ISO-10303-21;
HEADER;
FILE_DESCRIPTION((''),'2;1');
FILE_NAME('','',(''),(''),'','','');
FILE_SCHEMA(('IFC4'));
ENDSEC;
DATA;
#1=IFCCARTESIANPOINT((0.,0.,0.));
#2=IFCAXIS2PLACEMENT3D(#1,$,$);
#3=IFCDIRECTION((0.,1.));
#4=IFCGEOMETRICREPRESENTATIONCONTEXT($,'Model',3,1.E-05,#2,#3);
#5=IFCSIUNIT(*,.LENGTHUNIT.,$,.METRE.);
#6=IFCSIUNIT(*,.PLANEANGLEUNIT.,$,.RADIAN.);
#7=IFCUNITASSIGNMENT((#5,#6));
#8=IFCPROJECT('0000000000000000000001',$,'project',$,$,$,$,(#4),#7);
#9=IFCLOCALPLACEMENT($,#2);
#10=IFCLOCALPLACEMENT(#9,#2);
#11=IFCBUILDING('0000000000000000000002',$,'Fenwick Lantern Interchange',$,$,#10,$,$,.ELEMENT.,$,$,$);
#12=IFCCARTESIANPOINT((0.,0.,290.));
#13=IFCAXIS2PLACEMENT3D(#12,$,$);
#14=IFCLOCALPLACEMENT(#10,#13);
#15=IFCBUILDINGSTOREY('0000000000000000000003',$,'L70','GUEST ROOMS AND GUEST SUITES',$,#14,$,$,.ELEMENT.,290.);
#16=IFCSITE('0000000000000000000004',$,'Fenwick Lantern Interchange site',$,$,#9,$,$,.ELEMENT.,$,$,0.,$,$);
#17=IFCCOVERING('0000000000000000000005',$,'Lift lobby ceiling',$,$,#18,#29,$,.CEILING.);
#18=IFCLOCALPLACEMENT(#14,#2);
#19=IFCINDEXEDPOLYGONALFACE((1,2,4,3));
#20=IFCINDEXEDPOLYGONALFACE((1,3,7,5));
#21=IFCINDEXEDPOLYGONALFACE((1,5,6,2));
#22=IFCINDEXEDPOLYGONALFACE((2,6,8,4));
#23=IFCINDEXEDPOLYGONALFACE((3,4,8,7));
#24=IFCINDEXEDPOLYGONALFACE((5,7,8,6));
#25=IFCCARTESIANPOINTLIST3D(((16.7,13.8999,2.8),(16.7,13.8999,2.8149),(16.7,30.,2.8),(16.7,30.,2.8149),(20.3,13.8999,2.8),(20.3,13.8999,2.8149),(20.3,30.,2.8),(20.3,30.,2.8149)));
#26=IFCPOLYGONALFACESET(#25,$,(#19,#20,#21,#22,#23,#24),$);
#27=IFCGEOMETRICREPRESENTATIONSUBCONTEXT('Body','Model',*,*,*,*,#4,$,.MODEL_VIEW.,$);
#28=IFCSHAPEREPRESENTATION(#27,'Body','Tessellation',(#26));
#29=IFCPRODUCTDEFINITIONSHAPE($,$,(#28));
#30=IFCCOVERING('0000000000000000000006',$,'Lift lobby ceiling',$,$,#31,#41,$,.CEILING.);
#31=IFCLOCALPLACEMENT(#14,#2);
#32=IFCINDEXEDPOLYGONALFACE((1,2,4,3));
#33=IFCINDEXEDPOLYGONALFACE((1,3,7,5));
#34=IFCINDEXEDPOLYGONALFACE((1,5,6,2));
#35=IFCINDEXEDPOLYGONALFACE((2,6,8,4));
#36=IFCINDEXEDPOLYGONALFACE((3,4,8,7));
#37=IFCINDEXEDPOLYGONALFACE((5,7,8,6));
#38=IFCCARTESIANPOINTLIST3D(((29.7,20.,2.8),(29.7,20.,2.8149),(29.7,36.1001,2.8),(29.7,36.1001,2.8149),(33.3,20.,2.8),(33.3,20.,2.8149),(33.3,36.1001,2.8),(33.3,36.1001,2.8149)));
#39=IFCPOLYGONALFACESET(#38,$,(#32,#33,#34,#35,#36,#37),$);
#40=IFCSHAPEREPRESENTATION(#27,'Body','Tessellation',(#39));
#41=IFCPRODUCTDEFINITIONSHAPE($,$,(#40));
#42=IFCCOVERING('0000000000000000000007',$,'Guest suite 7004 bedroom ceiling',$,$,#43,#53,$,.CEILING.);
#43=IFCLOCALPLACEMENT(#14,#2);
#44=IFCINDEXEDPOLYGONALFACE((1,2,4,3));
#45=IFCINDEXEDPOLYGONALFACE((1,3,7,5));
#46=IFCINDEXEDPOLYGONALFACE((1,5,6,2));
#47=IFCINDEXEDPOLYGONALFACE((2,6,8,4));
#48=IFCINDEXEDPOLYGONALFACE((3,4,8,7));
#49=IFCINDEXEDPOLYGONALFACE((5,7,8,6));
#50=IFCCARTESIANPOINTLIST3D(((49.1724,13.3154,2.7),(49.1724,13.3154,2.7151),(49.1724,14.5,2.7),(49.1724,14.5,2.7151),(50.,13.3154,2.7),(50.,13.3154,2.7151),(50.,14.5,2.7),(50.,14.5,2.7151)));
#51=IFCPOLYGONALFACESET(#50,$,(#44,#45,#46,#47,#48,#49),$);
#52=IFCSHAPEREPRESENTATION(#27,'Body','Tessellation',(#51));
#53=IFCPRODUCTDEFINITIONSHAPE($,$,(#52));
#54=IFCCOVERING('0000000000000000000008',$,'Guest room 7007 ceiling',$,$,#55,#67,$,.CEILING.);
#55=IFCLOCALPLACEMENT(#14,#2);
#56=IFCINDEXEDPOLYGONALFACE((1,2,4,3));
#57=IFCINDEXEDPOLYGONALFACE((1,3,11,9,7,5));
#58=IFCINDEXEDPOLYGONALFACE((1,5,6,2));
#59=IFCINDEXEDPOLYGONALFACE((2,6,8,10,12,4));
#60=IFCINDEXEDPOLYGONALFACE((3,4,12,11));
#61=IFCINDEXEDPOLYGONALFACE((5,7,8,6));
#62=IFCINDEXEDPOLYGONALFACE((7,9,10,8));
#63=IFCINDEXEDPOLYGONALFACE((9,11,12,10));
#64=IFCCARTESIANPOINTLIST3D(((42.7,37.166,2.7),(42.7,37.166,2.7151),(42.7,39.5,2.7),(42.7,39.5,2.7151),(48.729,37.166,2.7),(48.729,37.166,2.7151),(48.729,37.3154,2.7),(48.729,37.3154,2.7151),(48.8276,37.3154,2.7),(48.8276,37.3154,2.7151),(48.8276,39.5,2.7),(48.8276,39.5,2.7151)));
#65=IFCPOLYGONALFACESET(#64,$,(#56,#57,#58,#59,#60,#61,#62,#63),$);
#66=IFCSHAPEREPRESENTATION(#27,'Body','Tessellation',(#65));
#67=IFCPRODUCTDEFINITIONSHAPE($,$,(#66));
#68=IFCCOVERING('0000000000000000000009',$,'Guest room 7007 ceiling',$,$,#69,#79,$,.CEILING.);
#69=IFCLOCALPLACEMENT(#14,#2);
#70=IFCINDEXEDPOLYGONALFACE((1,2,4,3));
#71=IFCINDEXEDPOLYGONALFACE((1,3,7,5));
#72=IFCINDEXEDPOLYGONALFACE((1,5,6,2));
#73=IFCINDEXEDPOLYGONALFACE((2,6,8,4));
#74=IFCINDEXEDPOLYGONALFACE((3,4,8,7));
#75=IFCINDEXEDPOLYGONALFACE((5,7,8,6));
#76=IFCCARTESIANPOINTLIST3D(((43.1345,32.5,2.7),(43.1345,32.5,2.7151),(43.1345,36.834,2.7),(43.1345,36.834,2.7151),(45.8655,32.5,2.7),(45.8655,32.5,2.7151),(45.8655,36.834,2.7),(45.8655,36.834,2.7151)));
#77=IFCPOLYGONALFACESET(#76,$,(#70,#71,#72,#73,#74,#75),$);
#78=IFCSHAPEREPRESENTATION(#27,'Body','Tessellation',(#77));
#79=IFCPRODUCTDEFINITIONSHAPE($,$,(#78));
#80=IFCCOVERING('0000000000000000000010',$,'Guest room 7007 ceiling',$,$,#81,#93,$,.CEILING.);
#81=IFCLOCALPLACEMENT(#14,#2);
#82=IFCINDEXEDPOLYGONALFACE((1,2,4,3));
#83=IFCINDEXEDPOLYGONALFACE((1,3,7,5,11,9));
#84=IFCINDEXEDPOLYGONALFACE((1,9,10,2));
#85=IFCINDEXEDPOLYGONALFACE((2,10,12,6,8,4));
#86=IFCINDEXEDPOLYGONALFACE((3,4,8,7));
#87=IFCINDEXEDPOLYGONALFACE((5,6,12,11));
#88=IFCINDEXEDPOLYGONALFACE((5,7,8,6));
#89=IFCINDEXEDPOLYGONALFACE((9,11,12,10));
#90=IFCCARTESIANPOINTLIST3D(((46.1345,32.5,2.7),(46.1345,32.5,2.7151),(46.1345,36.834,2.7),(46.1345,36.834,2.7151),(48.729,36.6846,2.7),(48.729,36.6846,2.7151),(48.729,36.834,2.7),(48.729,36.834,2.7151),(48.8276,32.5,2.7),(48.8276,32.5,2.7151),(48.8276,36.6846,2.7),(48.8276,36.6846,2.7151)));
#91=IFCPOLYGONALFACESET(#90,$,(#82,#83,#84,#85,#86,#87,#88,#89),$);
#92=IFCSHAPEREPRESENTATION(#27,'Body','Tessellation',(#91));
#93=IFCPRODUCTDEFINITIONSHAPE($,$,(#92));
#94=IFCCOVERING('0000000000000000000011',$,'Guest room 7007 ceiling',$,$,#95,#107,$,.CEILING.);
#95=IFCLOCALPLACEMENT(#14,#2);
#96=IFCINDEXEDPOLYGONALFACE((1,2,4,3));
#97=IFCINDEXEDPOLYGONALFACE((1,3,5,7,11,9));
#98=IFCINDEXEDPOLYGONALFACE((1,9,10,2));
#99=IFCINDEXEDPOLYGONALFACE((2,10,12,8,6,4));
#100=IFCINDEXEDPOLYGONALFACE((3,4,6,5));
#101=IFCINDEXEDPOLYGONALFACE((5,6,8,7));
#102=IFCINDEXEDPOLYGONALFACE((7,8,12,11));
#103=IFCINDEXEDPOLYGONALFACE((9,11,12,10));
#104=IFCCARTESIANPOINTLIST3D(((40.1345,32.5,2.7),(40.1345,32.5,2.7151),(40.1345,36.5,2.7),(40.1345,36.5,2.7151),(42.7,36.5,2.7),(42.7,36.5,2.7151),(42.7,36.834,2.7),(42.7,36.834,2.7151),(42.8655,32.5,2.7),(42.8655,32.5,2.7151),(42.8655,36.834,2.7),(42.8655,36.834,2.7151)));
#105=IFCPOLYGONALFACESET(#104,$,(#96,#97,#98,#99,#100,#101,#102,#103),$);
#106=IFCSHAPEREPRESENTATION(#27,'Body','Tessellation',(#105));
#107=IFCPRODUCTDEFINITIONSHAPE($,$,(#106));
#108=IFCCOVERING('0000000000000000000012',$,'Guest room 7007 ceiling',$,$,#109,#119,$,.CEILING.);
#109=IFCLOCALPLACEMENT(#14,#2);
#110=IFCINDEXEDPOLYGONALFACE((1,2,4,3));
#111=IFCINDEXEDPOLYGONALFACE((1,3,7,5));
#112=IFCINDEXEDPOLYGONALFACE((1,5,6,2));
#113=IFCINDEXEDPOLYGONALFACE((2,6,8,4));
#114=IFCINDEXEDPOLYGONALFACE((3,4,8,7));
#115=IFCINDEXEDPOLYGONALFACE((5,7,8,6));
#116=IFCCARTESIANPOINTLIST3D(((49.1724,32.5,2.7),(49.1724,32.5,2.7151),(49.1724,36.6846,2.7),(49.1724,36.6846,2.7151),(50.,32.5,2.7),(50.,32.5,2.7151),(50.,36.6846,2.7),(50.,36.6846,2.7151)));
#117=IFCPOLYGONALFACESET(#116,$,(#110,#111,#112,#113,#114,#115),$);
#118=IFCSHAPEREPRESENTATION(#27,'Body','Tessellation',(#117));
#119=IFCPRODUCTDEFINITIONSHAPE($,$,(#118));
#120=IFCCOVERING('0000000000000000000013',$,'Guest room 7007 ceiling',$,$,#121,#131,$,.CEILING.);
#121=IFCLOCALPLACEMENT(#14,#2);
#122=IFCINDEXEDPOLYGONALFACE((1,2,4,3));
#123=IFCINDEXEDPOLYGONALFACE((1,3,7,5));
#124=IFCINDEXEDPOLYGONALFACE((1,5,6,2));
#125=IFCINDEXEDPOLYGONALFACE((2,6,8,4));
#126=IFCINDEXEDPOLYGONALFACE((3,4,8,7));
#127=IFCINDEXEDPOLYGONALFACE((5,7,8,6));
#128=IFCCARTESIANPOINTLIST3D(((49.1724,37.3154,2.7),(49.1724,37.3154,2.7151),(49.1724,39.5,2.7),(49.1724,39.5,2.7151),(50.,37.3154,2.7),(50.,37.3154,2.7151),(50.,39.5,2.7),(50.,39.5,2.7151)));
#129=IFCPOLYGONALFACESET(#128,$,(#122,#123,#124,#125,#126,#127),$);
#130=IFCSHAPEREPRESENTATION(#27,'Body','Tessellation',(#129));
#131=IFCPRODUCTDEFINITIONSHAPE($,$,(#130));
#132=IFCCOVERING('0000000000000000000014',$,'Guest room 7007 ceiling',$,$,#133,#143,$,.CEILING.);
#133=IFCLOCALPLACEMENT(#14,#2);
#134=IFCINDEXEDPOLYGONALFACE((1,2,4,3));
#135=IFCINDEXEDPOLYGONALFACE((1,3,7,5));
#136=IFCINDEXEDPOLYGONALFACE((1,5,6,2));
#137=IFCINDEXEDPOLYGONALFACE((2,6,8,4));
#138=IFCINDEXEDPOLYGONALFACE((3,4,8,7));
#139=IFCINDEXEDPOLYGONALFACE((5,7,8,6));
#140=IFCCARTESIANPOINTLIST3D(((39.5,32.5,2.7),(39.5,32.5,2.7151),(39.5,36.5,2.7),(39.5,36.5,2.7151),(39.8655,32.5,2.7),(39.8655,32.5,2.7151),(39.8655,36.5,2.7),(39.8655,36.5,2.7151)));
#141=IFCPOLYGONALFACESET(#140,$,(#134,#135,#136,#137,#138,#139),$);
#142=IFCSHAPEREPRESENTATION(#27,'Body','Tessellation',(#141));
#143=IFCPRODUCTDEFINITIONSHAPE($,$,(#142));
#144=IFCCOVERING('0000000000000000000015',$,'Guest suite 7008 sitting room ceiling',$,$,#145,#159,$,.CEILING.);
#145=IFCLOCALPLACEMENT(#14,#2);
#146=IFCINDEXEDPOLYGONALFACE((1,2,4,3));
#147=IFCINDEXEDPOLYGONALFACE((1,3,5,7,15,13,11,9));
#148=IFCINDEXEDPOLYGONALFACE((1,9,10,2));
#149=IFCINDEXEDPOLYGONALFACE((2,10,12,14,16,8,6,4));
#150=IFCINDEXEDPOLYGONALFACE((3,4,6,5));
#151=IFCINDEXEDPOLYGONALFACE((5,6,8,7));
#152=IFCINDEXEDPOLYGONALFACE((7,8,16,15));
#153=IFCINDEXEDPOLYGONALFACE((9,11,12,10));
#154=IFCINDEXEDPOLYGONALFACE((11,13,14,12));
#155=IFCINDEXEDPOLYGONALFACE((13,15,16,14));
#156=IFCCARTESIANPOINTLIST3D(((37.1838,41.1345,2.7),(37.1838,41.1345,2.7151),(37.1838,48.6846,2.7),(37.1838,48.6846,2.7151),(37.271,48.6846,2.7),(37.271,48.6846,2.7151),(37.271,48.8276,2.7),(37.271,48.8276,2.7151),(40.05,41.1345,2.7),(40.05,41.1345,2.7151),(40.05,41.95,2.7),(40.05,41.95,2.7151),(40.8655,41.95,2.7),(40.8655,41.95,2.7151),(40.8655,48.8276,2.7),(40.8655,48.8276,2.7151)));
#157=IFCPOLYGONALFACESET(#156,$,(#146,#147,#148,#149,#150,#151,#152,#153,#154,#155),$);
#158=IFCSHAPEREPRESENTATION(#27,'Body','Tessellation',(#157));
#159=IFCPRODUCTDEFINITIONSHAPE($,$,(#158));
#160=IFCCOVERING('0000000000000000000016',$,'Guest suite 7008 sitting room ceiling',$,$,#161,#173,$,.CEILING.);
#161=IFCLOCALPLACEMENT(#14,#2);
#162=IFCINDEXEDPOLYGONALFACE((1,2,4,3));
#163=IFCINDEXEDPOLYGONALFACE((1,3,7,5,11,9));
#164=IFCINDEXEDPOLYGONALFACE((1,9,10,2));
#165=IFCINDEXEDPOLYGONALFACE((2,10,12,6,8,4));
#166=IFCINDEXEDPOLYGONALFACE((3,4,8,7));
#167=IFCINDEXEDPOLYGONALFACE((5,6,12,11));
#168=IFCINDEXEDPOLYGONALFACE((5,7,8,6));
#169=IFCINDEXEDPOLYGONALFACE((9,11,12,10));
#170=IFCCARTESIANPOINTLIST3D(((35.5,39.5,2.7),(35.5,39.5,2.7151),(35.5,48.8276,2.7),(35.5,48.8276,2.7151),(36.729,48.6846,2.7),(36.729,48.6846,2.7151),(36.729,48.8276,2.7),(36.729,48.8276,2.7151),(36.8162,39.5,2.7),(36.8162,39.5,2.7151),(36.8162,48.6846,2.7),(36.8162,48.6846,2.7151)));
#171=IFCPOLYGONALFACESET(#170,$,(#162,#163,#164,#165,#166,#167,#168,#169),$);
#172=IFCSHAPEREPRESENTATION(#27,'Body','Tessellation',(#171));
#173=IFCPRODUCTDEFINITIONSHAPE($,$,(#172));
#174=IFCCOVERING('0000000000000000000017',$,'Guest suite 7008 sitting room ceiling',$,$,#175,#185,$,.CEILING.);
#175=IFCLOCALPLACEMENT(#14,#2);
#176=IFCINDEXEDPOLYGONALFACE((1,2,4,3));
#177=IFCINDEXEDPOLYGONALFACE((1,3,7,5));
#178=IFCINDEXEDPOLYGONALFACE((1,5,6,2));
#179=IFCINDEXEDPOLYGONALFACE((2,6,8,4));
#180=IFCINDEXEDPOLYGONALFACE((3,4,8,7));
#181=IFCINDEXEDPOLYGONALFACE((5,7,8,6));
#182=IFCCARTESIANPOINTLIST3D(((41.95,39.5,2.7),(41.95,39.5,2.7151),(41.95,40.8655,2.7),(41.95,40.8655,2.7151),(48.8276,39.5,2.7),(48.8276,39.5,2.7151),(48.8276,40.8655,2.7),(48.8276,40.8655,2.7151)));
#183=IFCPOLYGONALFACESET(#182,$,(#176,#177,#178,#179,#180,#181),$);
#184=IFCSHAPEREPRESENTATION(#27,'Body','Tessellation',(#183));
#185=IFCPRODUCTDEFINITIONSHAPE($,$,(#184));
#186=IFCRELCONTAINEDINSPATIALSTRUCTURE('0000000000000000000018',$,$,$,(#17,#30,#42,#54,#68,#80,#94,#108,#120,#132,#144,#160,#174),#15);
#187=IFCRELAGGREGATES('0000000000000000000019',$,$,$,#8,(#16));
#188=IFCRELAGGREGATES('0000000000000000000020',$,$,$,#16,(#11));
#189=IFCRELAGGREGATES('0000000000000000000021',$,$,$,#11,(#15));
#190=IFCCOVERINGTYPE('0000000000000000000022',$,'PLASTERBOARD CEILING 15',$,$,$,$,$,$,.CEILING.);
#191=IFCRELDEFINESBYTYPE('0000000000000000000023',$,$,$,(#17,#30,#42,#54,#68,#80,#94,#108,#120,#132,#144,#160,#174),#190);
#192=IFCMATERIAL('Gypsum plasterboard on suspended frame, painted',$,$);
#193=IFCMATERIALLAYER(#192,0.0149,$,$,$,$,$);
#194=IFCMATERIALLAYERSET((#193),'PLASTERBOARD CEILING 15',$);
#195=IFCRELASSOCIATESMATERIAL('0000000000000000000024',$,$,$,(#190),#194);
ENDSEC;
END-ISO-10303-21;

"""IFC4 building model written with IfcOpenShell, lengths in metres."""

from ifc_helpers import new_model, si_unit, direction, frame, origin, place, context, subcontext, project, spatial, polyline, outline, extrude, material, layer, layer_set, type_object, element, save


model = new_model("IFC4")

# Units and contexts
model_context = context("Model", 3, precision=1e-05, world=origin(), true_north=direction((0.0, 1.0)))
body_context = subcontext(model_context, "Body", "Model", "MODEL_VIEW")
ifc_project = project(units=[si_unit("LENGTHUNIT", "METRE"), si_unit("PLANEANGLEUNIT", "RADIAN")], contexts=[model_context])

# Site, building, storey
site_placement = place(None, origin())
site = spatial("IfcSite", under=ifc_project, at=site_placement, Name="Fenwick Lantern Interchange site", CompositionType="ELEMENT", RefElevation=0.0)
building_placement = place(site_placement, origin())
building = spatial("IfcBuilding", under=site, at=building_placement, Name="Fenwick Lantern Interchange", CompositionType="ELEMENT")
storey_placement = place(building_placement, frame((0.0, 0.0, 290.0)))
storey = spatial("IfcBuildingStorey", under=building, at=storey_placement, Name="L70", Description="GUEST ROOMS AND GUEST SUITES", CompositionType="ELEMENT", Elevation=290.0)

# Coverings
ifc_material = material(Name="Gypsum plasterboard on suspended frame, painted")
ifc_layer = layer(ifc_material, 0.0149)
ifc_layer_set = layer_set([ifc_layer], Name="PLASTERBOARD CEILING 15")
covering_type = type_object("IfcCoveringType", Name="PLASTERBOARD CEILING 15", PredefinedType="CEILING", material=ifc_layer_set)
covering_1_placement = place(storey_placement, frame((0.0, 0.0, 2.8)))
element("IfcCovering", 1, at=covering_1_placement, inside=storey, type_object=covering_type, Name="Lift lobby ceiling", PredefinedType="CEILING", context=body_context, shape_type="SweptSolid", body=[
    extrude(outline(polyline([(16.7, 13.8999), (20.3, 13.8999), (20.3, 30.0), (16.7, 30.0), (16.7, 13.8999)])), origin(), (0.0, 0.0, 1.0), 0.0149),
])
covering_2_placement = place(storey_placement, frame((0.0, 0.0, 2.8)))
element("IfcCovering", 2, at=covering_2_placement, inside=storey, type_object=covering_type, Name="Lift lobby ceiling", PredefinedType="CEILING", context=body_context, shape_type="SweptSolid", body=[
    extrude(outline(polyline([(33.3, 36.1001), (29.7, 36.1001), (29.7, 20.0), (33.3, 20.0), (33.3, 36.1001)])), origin(), (0.0, 0.0, 1.0), 0.0149),
])
covering_3_placement = place(storey_placement, frame((0.0, 0.0, 2.7)))
element("IfcCovering", 3, at=covering_3_placement, inside=storey, type_object=covering_type, Name="Guest suite 7004 bedroom ceiling", PredefinedType="CEILING", context=body_context, shape_type="SweptSolid", body=[
    extrude(outline(polyline([(50.0, 13.3154), (50.0, 14.5), (49.1724, 14.5), (49.1724, 13.3154), (50.0, 13.3154)])), origin(), (0.0, 0.0, 1.0), 0.0151),
])
covering_4_placement = place(storey_placement, frame((0.0, 0.0, 2.7)))
element("IfcCovering", 4, at=covering_4_placement, inside=storey, type_object=covering_type, Name="Guest room 7007 ceiling", PredefinedType="CEILING", context=body_context, shape_type="SweptSolid", body=[
    extrude(outline(polyline([(48.729, 37.3154), (48.8276, 37.3154), (48.8276, 39.5), (42.7, 39.5), (42.7, 37.166), (48.729, 37.166), (48.729, 37.3154)])), origin(), (0.0, 0.0, 1.0), 0.0151),
])
covering_5_placement = place(storey_placement, frame((0.0, 0.0, 2.7)))
element("IfcCovering", 5, at=covering_5_placement, inside=storey, type_object=covering_type, Name="Guest room 7007 ceiling", PredefinedType="CEILING", context=body_context, shape_type="SweptSolid", body=[
    extrude(outline(polyline([(43.1345, 32.5), (45.8655, 32.5), (45.8655, 36.834), (43.1345, 36.834), (43.1345, 32.5)])), origin(), (0.0, 0.0, 1.0), 0.0151),
])
covering_6_placement = place(storey_placement, frame((0.0, 0.0, 2.7)))
element("IfcCovering", 6, at=covering_6_placement, inside=storey, type_object=covering_type, Name="Guest room 7007 ceiling", PredefinedType="CEILING", context=body_context, shape_type="SweptSolid", body=[
    extrude(outline(polyline([(48.729, 36.6846), (48.729, 36.834), (46.1345, 36.834), (46.1345, 32.5), (48.8276, 32.5), (48.8276, 36.6846), (48.729, 36.6846)])), origin(), (0.0, 0.0, 1.0), 0.0151),
])
covering_7_placement = place(storey_placement, frame((0.0, 0.0, 2.7)))
element("IfcCovering", 7, at=covering_7_placement, inside=storey, type_object=covering_type, Name="Guest room 7007 ceiling", PredefinedType="CEILING", context=body_context, shape_type="SweptSolid", body=[
    extrude(outline(polyline([(40.1345, 32.5), (42.8655, 32.5), (42.8655, 36.834), (42.7, 36.834), (42.7, 36.5), (40.1345, 36.5), (40.1345, 32.5)])), origin(), (0.0, 0.0, 1.0), 0.0151),
])
covering_8_placement = place(storey_placement, frame((0.0, 0.0, 2.7)))
element("IfcCovering", 8, at=covering_8_placement, inside=storey, type_object=covering_type, Name="Guest room 7007 ceiling", PredefinedType="CEILING", context=body_context, shape_type="SweptSolid", body=[
    extrude(outline(polyline([(50.0, 36.6846), (49.1724, 36.6846), (49.1724, 32.5), (50.0, 32.5), (50.0, 36.6846)])), origin(), (0.0, 0.0, 1.0), 0.0151),
])
covering_9_placement = place(storey_placement, frame((0.0, 0.0, 2.7)))
element("IfcCovering", 9, at=covering_9_placement, inside=storey, type_object=covering_type, Name="Guest room 7007 ceiling", PredefinedType="CEILING", context=body_context, shape_type="SweptSolid", body=[
    extrude(outline(polyline([(49.1724, 37.3154), (50.0, 37.3154), (50.0, 39.5), (49.1724, 39.5), (49.1724, 37.3154)])), origin(), (0.0, 0.0, 1.0), 0.0151),
])
covering_10_placement = place(storey_placement, frame((0.0, 0.0, 2.7)))
element("IfcCovering", 10, at=covering_10_placement, inside=storey, type_object=covering_type, Name="Guest room 7007 ceiling", PredefinedType="CEILING", context=body_context, shape_type="SweptSolid", body=[
    extrude(outline(polyline([(39.5, 32.5), (39.8655, 32.5), (39.8655, 36.5), (39.5, 36.5), (39.5, 32.5)])), origin(), (0.0, 0.0, 1.0), 0.0151),
])
covering_11_placement = place(storey_placement, frame((0.0, 0.0, 2.7)))
element("IfcCovering", 11, at=covering_11_placement, inside=storey, type_object=covering_type, Name="Guest suite 7008 sitting room ceiling", PredefinedType="CEILING", context=body_context, shape_type="SweptSolid", body=[
    extrude(outline(polyline([(40.05, 41.95), (40.8655, 41.95), (40.8655, 48.8276), (37.271, 48.8276), (37.271, 48.6846), (37.1838, 48.6846), (37.1838, 41.1345), (40.05, 41.1345), (40.05, 41.95)])), origin(), (0.0, 0.0, 1.0), 0.0151),
])
covering_12_placement = place(storey_placement, frame((0.0, 0.0, 2.7)))
element("IfcCovering", 12, at=covering_12_placement, inside=storey, type_object=covering_type, Name="Guest suite 7008 sitting room ceiling", PredefinedType="CEILING", context=body_context, shape_type="SweptSolid", body=[
    extrude(outline(polyline([(35.5, 39.5), (36.8162, 39.5), (36.8162, 48.6846), (36.729, 48.6846), (36.729, 48.8276), (35.5, 48.8276), (35.5, 39.5)])), origin(), (0.0, 0.0, 1.0), 0.0151),
])
covering_13_placement = place(storey_placement, frame((0.0, 0.0, 2.7)))
element("IfcCovering", 13, at=covering_13_placement, inside=storey, type_object=covering_type, Name="Guest suite 7008 sitting room ceiling", PredefinedType="CEILING", context=body_context, shape_type="SweptSolid", body=[
    extrude(outline(polyline([(41.95, 39.5), (48.8276, 39.5), (48.8276, 40.8655), (41.95, 40.8655), (41.95, 39.5)])), origin(), (0.0, 0.0, 1.0), 0.0151),
])

save(model, "model.ifc")
